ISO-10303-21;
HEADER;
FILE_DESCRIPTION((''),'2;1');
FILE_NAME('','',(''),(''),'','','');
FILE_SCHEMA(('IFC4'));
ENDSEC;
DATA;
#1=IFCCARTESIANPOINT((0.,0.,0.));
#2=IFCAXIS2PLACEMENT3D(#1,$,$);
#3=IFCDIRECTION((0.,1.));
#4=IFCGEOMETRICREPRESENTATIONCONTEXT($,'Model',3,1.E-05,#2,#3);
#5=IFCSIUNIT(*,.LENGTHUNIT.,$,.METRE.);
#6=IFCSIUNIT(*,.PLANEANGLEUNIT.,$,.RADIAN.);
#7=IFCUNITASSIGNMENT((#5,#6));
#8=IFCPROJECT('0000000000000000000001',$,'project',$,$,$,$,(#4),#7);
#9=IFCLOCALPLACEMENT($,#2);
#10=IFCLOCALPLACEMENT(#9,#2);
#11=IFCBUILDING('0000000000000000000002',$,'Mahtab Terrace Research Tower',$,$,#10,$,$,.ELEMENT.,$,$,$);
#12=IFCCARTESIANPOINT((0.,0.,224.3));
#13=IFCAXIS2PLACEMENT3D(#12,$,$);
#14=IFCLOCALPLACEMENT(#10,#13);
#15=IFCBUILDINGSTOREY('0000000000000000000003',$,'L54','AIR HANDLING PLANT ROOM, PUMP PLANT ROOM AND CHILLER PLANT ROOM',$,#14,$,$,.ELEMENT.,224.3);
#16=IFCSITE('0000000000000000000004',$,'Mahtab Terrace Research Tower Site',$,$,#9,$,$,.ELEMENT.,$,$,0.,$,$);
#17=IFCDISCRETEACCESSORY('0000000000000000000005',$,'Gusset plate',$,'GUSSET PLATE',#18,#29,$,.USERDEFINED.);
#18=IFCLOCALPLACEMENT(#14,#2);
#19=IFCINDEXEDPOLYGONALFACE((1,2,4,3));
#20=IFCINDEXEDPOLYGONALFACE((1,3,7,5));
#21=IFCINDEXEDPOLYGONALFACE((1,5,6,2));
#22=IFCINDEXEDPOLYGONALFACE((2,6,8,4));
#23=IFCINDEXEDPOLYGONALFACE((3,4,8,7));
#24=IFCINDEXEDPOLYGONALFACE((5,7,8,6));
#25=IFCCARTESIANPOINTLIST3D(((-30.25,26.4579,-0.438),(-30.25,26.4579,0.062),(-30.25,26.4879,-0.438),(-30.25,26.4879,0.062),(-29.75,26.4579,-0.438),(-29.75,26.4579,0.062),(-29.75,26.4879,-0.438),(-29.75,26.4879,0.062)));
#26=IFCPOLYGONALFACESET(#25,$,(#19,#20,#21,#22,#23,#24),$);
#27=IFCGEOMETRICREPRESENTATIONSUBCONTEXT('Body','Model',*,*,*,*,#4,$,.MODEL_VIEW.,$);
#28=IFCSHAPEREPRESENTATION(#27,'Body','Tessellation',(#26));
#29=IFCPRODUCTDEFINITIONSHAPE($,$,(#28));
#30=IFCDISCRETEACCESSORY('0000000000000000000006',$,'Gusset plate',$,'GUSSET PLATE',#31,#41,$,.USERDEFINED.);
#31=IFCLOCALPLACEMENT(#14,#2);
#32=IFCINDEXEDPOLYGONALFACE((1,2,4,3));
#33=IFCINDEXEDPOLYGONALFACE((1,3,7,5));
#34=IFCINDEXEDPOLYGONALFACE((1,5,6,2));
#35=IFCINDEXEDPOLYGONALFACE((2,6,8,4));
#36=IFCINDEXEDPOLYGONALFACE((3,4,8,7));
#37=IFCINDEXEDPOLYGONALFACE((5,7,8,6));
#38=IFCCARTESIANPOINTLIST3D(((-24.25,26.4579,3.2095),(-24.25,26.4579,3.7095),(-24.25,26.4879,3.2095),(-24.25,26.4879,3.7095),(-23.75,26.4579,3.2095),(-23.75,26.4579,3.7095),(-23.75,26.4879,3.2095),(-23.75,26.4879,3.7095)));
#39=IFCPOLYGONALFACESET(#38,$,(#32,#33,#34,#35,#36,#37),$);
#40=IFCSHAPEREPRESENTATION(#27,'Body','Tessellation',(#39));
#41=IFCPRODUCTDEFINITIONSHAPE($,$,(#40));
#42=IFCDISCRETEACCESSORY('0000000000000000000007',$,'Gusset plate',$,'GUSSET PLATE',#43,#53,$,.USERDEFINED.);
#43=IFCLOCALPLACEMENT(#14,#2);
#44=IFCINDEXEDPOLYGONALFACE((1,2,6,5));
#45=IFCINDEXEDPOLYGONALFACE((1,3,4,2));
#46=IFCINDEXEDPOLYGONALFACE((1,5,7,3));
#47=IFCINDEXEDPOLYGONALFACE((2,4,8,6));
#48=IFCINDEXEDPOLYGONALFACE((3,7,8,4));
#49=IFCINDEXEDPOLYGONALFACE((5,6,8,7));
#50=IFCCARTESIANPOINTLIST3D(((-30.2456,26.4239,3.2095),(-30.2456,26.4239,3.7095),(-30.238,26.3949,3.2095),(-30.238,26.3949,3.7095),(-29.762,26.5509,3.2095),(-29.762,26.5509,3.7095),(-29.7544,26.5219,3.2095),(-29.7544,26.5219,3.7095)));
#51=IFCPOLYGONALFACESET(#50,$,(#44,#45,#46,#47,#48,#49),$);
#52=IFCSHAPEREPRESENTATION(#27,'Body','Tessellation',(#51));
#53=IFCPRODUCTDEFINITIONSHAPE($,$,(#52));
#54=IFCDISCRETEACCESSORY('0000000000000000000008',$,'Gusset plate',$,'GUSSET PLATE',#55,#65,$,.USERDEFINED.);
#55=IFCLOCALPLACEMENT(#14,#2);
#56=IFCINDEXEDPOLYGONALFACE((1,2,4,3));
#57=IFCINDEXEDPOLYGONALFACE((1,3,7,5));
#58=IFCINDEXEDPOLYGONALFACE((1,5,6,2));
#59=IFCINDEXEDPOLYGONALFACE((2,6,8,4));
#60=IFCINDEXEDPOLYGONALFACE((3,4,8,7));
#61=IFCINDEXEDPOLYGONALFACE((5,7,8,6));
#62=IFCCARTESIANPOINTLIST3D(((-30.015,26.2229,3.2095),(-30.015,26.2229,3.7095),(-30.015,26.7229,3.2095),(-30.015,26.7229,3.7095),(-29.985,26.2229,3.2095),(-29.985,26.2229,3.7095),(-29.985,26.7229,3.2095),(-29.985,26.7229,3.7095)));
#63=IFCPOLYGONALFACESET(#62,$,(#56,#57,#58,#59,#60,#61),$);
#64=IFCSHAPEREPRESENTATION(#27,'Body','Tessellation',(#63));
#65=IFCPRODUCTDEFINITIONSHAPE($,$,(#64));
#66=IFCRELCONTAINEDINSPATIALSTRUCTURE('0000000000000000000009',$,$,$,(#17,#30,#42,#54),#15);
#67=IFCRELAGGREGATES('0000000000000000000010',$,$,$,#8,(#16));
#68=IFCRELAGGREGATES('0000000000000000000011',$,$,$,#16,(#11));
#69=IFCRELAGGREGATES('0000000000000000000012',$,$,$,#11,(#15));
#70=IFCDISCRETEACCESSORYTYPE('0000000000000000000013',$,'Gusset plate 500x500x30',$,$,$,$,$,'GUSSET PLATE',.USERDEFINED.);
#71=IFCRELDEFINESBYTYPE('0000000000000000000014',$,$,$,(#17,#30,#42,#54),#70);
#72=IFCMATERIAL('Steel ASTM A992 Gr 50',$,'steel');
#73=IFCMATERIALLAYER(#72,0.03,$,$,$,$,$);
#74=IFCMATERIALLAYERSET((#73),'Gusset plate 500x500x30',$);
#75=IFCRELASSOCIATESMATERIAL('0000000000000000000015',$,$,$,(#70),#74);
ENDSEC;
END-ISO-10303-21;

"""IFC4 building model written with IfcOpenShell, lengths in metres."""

from ifc_helpers import new_model, si_unit, direction, frame, origin, origin_2d, place, context, subcontext, project, spatial, rectangle, extrude, material, layer, layer_set, type_object, element, save


model = new_model("IFC4")

# Units and contexts
model_context = context("Model", 3, precision=1e-05, world=origin(), true_north=direction((0.0, 1.0)))
body_context = subcontext(model_context, "Body", "Model", "MODEL_VIEW")
ifc_project = project(units=[si_unit("LENGTHUNIT", "METRE"), si_unit("PLANEANGLEUNIT", "RADIAN")], contexts=[model_context])

# Site, building, storey
site_placement = place(None, origin())
site = spatial("IfcSite", under=ifc_project, at=site_placement, Name="Mahtab Terrace Research Tower Site", CompositionType="ELEMENT", RefElevation=0.0)
building_placement = place(site_placement, origin())
building = spatial("IfcBuilding", under=site, at=building_placement, Name="Mahtab Terrace Research Tower", CompositionType="ELEMENT")
storey_placement = place(building_placement, frame((0.0, 0.0, 224.3)))
storey = spatial("IfcBuildingStorey", under=building, at=storey_placement, Name="L54", Description="AIR HANDLING PLANT ROOM, PUMP PLANT ROOM AND CHILLER PLANT ROOM", CompositionType="ELEMENT", Elevation=224.3)

# Shared definitions
ifc_material_1 = material(Name="Steel ASTM A992 Gr 50", Category="steel")

# Discrete accessories
ifc_layer = layer(ifc_material_1, 0.03)
ifc_layer_set = layer_set([ifc_layer], Name="Gusset plate 500x500x30")
discrete_accessory_type_1 = type_object("IfcDiscreteAccessoryType", Name="Gusset plate 500x500x30", ElementType="GUSSET PLATE", PredefinedType="USERDEFINED", material=ifc_layer_set)
for number, where, z_axis, x_axis, name in (
    (1, (-30.0, 26.4729, -0.438), (0.0, 0.0, 1.0), (1.0, 0.0, 0.0), "Gusset plate"),
    (2, (-24.0, 26.4729, 3.2095), (0.0, 0.0, 1.0), (1.0, 0.0, 0.0), "Gusset plate"),
    (3, (-30.0, 26.4729, 3.2095), (0.0, 0.0, 1.0), (0.967228, 0.25391, 0.0), "Gusset plate"),
    (4, (-30.0, 26.4729, 3.2095), (0.0, 0.0, 1.0), (0.0, 1.0, 0.0), "Gusset plate"),
):
    element("IfcDiscreteAccessory", number, at=place(storey_placement, frame(where, z_axis=z_axis, x_axis=x_axis)), inside=storey, type_object=discrete_accessory_type_1, Name=name, ObjectType="GUSSET PLATE", PredefinedType="USERDEFINED", context=body_context, shape_type="SweptSolid", body=[
        extrude(rectangle(XDim=0.5, YDim=0.03, at=origin_2d()), origin(), (0.0, 0.0, 1.0), 0.5),
    ])

save(model, "model.ifc")
